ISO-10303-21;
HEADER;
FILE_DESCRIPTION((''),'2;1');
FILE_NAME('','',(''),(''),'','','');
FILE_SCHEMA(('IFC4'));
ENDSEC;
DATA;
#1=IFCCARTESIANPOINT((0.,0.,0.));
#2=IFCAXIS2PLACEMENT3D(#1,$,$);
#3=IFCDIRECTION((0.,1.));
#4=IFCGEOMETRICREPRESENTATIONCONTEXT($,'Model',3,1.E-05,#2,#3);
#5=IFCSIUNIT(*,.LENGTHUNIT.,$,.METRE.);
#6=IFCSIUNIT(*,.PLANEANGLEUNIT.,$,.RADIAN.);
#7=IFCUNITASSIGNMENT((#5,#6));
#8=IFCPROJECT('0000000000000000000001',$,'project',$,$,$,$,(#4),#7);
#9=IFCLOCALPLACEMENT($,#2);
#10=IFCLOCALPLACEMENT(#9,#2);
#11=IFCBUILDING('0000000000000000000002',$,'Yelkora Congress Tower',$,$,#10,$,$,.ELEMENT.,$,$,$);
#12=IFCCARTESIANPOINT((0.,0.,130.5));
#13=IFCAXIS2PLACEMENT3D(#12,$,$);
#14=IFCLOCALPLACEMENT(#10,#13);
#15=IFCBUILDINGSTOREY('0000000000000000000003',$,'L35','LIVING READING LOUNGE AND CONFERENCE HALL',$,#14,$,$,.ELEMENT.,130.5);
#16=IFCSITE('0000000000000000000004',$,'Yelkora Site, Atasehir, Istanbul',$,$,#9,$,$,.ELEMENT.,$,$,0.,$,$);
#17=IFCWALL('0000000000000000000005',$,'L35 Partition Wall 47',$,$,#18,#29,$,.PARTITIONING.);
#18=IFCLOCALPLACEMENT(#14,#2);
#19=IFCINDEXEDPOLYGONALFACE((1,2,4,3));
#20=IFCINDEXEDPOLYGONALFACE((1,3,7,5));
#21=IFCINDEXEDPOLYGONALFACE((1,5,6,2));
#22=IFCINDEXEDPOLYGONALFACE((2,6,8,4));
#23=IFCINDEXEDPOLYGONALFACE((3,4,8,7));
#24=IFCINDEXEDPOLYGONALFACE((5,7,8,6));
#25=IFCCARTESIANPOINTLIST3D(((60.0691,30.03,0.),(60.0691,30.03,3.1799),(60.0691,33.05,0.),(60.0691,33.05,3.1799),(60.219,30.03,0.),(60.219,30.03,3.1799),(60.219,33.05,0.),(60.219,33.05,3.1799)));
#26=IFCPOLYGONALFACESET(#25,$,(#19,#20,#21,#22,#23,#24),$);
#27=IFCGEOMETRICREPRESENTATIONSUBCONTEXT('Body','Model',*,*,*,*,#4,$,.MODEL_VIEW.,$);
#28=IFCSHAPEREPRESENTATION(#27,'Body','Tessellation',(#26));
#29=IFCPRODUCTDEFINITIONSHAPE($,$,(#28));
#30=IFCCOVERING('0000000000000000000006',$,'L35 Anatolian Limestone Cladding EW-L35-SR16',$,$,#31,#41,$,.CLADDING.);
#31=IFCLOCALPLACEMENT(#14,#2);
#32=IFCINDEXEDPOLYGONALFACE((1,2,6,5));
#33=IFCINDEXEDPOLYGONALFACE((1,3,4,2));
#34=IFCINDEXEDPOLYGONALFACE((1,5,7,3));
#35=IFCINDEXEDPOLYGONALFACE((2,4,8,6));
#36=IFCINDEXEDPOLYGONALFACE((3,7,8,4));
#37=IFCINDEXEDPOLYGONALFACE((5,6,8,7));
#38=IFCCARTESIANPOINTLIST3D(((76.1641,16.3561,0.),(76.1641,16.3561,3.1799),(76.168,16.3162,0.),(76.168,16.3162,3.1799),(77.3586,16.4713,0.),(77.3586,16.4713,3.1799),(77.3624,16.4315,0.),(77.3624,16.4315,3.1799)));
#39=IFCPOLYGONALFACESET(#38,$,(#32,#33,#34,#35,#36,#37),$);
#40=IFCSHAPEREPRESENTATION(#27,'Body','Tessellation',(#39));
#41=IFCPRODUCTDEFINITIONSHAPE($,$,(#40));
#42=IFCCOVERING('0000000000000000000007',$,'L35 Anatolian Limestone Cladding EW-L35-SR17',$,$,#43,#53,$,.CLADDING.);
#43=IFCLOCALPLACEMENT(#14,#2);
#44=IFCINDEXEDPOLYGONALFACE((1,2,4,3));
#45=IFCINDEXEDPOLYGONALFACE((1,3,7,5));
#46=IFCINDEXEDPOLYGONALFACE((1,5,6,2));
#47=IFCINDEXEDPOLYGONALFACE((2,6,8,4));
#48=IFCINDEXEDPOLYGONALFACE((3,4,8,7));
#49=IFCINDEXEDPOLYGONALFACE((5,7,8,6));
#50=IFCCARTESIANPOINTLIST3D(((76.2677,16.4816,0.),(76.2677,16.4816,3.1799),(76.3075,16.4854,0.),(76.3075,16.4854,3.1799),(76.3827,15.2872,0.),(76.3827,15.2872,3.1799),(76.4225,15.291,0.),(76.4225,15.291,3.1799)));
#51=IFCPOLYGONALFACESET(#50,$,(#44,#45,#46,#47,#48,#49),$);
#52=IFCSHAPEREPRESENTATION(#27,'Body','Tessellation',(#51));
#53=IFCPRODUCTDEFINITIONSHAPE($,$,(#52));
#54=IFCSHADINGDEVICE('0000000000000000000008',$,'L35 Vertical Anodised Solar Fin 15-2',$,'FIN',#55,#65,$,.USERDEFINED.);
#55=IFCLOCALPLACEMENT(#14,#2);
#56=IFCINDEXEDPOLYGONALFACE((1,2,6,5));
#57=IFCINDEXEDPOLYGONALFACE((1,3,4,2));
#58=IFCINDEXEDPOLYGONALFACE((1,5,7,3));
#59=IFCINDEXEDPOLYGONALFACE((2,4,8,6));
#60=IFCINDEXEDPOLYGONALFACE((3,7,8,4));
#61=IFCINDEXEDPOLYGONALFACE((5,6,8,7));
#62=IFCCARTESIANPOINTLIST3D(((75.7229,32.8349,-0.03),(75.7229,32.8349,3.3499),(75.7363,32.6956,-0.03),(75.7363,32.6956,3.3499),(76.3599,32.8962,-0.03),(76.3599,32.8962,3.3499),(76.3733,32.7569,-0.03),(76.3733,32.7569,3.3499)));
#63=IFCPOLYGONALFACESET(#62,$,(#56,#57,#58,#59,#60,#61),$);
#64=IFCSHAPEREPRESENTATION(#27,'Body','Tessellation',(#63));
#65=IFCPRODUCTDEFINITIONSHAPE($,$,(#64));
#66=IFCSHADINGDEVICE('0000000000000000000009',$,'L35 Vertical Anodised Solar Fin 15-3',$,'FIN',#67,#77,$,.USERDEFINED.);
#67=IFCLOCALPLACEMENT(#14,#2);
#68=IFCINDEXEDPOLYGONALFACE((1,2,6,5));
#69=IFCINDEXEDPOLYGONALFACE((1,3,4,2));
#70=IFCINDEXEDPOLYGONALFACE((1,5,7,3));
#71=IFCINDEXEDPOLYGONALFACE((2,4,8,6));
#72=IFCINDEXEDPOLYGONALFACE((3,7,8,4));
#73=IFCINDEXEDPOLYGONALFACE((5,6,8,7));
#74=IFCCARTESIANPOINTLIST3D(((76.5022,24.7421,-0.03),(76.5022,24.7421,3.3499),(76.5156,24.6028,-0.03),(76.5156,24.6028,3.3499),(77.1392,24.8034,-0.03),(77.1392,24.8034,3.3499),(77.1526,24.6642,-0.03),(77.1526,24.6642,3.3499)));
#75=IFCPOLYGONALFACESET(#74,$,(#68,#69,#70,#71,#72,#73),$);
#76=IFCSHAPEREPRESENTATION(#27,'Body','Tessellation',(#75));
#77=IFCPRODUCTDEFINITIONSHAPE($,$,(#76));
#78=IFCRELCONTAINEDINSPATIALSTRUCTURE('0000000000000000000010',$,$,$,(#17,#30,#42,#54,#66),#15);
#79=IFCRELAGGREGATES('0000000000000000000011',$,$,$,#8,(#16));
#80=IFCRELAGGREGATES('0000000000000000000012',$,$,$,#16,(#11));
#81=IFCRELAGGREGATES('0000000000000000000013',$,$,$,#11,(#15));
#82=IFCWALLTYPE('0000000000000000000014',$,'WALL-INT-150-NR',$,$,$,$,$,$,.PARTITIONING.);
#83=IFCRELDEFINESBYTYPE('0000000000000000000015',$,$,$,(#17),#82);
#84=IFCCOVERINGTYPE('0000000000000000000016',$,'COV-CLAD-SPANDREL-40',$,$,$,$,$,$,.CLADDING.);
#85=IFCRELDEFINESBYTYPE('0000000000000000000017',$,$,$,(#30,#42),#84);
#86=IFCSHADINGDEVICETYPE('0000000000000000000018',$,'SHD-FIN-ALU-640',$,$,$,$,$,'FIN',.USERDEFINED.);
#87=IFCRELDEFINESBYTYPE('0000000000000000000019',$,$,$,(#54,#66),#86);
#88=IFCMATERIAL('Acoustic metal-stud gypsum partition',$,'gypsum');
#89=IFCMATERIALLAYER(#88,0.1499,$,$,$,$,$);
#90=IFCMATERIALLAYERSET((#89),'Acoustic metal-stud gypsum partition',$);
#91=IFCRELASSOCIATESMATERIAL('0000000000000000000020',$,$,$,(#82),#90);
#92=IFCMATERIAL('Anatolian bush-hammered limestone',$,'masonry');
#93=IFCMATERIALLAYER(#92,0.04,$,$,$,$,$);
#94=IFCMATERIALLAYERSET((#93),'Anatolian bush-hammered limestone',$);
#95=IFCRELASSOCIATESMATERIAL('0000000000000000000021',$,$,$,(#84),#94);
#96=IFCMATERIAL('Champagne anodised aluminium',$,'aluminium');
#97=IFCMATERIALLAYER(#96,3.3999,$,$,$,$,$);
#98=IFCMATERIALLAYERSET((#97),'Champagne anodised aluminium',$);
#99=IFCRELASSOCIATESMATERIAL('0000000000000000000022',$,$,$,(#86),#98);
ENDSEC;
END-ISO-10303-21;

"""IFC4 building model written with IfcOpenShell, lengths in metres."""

from ifc_helpers import new_model, si_unit, direction, frame, frame_2d, origin, origin_2d, place, context, subcontext, project, spatial, rectangle, extrude, material, layer, layer_set, type_object, element, save


model = new_model("IFC4")

# Units and contexts
model_context = context("Model", 3, precision=1e-05, world=origin(), true_north=direction((0.0, 1.0)))
body_context = subcontext(model_context, "Body", "Model", "MODEL_VIEW")
ifc_project = project(units=[si_unit("LENGTHUNIT", "METRE"), si_unit("PLANEANGLEUNIT", "RADIAN")], contexts=[model_context])

# Site, building, storey
site_placement = place(None, origin())
site = spatial("IfcSite", under=ifc_project, at=site_placement, Name="Yelkora Site, Atasehir, Istanbul", CompositionType="ELEMENT", RefElevation=0.0)
building_placement = place(site_placement, origin())
building = spatial("IfcBuilding", under=site, at=building_placement, Name="Yelkora Congress Tower", CompositionType="ELEMENT")
storey_placement = place(building_placement, frame((0.0, 0.0, 130.5)))
storey = spatial("IfcBuildingStorey", under=building, at=storey_placement, Name="L35", Description="LIVING READING LOUNGE AND CONFERENCE HALL", CompositionType="ELEMENT", Elevation=130.5)

# Shared definitions
ifc_material_1 = material(Name="Acoustic metal-stud gypsum partition", Category="gypsum")
ifc_layer_1 = layer(ifc_material_1, 0.1499)
ifc_layer_set_1 = layer_set([ifc_layer_1], Name="Acoustic metal-stud gypsum partition")
wall_type_1 = type_object("IfcWallType", Name="WALL-INT-150-NR", PredefinedType="PARTITIONING", material=ifc_layer_set_1)

# Wall
wall_1_placement = place(storey_placement, frame((60.144, 30.03, 0.0), z_axis=(0.0, 0.0, 1.0), x_axis=(0.0, 1.0, 0.0)))
element("IfcWall", 1, at=wall_1_placement, inside=storey, type_object=wall_type_1, Name="L35 Partition Wall 47", PredefinedType="PARTITIONING", context=body_context, shape_type="SweptSolid", body=[
    extrude(rectangle(XDim=3.02, YDim=0.1499, at=frame_2d((1.51, 0.0))), origin(), (0.0, 0.0, 1.0), 3.1799),
])

# Coverings
ifc_material_2 = material(Name="Anatolian bush-hammered limestone", Category="masonry")
ifc_layer_2 = layer(ifc_material_2, 0.04)
ifc_layer_set_2 = layer_set([ifc_layer_2], Name="Anatolian bush-hammered limestone")
covering_type = type_object("IfcCoveringType", Name="COV-CLAD-SPANDREL-40", PredefinedType="CLADDING", material=ifc_layer_set_2)
for number, where, z_axis, x_axis, name in (
    (2, (77.3606, 16.4514, 0.0), (0.0, 0.0, 1.0), (-0.995378, -0.096038, 0.0), "L35 Anatolian Limestone Cladding EW-L35-SR16"),
    (3, (76.2876, 16.4836, 0.0), (0.0, 0.0, 1.0), (0.095836, -0.995397, 0.0), "L35 Anatolian Limestone Cladding EW-L35-SR17"),
):
    element("IfcCovering", number, at=place(storey_placement, frame(where, z_axis=z_axis, x_axis=x_axis)), inside=storey, type_object=covering_type, Name=name, PredefinedType="CLADDING", context=body_context, shape_type="SweptSolid", body=[
        extrude(rectangle(XDim=1.2, YDim=0.04, at=frame_2d((0.6001, 0.0))), origin(), (0.0, 0.0, 1.0), 3.1799),
    ])

# Shading devices
ifc_material_3 = material(Name="Champagne anodised aluminium", Category="aluminium")
ifc_layer_3 = layer(ifc_material_3, 3.3999)
ifc_layer_set_3 = layer_set([ifc_layer_3], Name="Champagne anodised aluminium")
shading_device_type = type_object("IfcShadingDeviceType", Name="SHD-FIN-ALU-640", ElementType="FIN", PredefinedType="USERDEFINED", material=ifc_layer_set_3)
for number, where, z_axis, x_axis, name in (
    (4, (76.0481, 32.7959, -0.03), (0.0, 0.0, 1.0), (0.095846, -0.995396, 0.0), "L35 Vertical Anodised Solar Fin 15-2"),
    (5, (76.8274, 24.7031, -0.03), (0.0, 0.0, 1.0), (0.095846, -0.995396, 0.0), "L35 Vertical Anodised Solar Fin 15-3"),
):
    element("IfcShadingDevice", number, at=place(storey_placement, frame(where, z_axis=z_axis, x_axis=x_axis)), inside=storey, type_object=shading_device_type, Name=name, ObjectType="FIN", PredefinedType="USERDEFINED", context=body_context, shape_type="SweptSolid", body=[
        extrude(rectangle(XDim=0.1399, YDim=0.6399, at=origin_2d()), origin(), (0.0, 0.0, 1.0), 3.3799),
    ])

save(model, "model.ifc")
